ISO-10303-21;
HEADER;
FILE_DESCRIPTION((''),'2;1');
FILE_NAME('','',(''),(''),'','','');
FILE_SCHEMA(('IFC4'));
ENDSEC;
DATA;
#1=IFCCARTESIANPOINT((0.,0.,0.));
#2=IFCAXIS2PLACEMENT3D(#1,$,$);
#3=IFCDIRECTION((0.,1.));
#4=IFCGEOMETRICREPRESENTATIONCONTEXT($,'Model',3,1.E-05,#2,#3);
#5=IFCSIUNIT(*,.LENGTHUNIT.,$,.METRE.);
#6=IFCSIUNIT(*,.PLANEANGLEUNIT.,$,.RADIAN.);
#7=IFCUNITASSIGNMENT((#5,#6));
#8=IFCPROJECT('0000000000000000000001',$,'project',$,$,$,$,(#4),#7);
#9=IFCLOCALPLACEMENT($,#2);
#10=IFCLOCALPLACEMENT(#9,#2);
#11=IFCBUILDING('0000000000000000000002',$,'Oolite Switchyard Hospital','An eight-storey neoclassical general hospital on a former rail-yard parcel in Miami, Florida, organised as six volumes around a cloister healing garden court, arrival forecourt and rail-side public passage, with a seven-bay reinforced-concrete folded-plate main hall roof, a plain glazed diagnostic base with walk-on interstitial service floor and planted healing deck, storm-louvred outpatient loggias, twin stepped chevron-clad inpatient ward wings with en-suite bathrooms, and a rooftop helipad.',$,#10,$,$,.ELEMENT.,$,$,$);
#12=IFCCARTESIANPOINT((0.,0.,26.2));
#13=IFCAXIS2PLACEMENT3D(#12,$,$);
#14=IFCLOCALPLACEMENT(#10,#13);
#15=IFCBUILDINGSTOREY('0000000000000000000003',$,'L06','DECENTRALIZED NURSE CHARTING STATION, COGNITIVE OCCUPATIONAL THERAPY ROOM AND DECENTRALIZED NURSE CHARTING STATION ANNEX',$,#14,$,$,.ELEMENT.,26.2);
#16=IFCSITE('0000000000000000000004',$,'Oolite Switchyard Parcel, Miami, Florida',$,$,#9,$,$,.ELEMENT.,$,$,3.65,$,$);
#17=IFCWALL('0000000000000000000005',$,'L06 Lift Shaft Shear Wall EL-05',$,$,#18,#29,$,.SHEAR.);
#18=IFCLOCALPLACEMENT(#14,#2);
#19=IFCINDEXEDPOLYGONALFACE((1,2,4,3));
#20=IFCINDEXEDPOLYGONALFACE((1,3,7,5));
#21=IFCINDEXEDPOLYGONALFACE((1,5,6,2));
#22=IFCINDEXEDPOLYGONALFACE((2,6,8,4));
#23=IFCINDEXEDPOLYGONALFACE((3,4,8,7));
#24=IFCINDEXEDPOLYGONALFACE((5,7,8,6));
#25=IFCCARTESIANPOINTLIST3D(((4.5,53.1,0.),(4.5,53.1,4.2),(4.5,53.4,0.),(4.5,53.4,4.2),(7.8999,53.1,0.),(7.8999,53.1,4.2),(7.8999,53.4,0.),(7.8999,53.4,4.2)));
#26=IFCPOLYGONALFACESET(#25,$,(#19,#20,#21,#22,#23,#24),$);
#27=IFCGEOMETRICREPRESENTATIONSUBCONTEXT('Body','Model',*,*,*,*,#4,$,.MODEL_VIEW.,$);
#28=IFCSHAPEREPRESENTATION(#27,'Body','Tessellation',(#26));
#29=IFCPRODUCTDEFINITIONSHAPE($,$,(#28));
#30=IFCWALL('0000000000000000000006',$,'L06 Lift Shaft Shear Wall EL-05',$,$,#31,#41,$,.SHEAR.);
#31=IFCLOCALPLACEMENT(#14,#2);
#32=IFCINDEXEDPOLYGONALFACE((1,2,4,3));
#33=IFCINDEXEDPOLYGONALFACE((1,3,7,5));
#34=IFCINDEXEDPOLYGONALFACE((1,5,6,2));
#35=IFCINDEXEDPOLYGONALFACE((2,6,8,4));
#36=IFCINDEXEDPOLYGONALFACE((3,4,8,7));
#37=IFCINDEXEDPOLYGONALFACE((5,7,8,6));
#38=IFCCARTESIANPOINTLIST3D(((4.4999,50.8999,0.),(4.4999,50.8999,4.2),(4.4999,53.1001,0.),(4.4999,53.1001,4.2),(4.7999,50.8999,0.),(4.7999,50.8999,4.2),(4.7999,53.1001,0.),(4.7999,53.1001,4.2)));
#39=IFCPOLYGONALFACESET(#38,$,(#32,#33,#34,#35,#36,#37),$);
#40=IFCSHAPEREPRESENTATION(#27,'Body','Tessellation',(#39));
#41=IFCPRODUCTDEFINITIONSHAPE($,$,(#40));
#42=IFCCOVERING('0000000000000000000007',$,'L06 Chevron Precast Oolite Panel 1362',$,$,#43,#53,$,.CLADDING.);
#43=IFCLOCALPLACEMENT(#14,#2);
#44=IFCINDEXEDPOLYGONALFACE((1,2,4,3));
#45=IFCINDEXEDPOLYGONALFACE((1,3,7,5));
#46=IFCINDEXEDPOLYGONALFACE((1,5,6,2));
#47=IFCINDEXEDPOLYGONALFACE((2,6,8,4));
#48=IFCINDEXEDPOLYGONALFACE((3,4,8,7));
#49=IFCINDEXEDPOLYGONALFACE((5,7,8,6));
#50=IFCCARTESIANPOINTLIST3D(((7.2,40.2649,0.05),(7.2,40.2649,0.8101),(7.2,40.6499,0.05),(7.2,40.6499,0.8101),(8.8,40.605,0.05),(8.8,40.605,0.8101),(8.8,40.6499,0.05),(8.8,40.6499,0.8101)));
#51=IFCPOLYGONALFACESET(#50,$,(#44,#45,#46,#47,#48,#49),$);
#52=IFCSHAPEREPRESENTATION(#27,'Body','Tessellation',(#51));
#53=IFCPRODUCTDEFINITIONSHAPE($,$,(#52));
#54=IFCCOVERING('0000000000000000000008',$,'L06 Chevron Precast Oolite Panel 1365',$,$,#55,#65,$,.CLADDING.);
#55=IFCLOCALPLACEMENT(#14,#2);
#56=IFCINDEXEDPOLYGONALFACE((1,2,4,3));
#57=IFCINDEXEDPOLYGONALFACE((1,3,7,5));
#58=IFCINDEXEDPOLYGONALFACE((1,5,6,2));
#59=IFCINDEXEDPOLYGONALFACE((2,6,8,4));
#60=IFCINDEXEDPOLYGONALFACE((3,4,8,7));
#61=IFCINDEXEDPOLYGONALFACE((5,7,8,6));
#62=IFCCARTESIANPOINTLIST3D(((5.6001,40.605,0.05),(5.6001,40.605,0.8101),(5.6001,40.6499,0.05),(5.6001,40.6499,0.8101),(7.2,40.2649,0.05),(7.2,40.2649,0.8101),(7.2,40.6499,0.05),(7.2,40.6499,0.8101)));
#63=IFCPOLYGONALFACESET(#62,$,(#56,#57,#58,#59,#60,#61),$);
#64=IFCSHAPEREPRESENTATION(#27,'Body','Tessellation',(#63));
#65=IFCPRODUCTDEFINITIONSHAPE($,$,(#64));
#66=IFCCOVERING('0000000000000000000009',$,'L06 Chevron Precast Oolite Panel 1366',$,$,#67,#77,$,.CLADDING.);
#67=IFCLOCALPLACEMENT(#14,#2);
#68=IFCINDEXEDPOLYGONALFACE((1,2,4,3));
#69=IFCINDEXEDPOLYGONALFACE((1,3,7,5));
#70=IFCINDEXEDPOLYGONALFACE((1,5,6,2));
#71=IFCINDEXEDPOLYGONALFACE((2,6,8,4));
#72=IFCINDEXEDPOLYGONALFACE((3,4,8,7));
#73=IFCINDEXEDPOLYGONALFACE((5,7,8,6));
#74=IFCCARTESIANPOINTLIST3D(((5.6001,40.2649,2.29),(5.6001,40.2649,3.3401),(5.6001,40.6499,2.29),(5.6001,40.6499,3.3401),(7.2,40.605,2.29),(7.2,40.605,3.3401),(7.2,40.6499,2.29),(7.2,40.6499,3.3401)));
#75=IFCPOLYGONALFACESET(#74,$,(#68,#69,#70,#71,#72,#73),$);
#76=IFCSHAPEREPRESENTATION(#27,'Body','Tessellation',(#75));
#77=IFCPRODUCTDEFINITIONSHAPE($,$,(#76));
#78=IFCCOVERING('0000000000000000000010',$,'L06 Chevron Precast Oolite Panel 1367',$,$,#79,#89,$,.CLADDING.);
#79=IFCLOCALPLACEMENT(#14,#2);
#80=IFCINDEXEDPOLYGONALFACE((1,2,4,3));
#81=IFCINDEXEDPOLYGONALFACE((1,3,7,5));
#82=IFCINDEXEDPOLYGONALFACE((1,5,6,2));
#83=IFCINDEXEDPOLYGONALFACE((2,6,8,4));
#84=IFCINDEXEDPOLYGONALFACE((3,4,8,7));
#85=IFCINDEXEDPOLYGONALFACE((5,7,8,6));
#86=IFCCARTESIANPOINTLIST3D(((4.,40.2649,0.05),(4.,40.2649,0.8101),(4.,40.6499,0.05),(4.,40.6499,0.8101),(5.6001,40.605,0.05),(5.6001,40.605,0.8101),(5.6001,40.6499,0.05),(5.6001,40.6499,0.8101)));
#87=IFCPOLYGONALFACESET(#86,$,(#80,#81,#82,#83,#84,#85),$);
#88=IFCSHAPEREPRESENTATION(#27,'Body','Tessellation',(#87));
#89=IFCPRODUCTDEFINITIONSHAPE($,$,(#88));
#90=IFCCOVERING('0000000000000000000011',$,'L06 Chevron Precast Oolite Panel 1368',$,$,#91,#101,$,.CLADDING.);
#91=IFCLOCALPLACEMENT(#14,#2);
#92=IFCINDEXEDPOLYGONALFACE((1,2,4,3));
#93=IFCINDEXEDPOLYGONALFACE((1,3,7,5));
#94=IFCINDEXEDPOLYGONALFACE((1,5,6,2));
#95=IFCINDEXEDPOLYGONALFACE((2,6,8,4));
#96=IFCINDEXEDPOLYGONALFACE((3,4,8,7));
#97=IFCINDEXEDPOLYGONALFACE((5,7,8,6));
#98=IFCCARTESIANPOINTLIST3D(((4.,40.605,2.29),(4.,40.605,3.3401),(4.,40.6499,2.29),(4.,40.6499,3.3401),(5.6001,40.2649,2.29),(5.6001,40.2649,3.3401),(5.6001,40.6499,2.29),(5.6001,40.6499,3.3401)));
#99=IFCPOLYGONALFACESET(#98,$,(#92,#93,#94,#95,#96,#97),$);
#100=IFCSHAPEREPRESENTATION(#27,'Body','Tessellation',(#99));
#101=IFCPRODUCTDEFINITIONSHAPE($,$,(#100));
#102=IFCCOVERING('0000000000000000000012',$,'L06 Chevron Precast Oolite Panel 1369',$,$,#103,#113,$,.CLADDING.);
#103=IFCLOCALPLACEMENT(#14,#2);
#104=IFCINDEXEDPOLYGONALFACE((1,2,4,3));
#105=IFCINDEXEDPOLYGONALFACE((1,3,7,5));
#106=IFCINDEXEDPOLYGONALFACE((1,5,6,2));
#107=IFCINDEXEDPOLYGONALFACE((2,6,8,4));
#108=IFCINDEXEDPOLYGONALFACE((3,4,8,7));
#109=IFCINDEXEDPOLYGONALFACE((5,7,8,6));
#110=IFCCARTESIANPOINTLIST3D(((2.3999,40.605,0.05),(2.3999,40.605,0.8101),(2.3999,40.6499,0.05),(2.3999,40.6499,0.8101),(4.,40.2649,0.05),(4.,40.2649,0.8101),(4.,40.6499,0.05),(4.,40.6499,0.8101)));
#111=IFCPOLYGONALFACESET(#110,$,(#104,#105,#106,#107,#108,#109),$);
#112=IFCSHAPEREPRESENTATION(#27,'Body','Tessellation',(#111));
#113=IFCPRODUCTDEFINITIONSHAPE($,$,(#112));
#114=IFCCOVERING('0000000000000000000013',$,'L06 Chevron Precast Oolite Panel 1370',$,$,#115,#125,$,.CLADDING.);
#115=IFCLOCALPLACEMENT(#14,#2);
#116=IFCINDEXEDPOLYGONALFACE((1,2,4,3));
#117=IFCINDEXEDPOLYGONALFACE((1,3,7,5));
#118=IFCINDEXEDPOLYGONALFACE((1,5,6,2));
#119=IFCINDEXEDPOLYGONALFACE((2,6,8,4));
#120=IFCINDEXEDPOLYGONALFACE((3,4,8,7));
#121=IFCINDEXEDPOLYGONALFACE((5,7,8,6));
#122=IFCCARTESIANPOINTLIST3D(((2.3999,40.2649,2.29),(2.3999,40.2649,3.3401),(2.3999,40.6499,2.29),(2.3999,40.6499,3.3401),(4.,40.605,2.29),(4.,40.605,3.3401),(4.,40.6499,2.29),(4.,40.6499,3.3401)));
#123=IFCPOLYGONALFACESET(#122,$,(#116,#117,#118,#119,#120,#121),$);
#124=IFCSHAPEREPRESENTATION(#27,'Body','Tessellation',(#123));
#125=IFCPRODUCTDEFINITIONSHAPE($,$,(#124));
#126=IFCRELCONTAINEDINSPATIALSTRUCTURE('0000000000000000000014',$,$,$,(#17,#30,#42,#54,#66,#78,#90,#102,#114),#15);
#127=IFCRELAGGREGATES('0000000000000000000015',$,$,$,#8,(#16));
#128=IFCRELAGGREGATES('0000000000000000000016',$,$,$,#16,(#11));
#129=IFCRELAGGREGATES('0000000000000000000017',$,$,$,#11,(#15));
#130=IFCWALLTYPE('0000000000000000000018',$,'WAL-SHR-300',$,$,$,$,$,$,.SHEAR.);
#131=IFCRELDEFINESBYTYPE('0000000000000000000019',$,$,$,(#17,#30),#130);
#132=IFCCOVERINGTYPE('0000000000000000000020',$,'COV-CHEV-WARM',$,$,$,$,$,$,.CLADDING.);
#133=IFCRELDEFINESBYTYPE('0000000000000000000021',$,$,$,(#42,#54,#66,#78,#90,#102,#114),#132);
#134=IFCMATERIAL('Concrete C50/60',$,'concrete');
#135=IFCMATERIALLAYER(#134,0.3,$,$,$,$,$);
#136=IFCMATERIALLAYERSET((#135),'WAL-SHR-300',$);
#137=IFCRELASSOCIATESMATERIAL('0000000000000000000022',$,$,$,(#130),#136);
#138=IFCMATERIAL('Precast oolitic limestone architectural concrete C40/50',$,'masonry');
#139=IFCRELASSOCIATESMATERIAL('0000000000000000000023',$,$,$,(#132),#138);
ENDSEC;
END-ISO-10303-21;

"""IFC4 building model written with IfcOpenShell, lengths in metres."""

from ifc_helpers import new_model, si_unit, direction, frame, frame_2d, origin, place, context, subcontext, project, spatial, polyline, rectangle, outline, extrude, material, layer, layer_set, type_object, element, save


model = new_model("IFC4")

# Units and contexts
model_context = context("Model", 3, precision=1e-05, world=origin(), true_north=direction((0.0, 1.0)))
body_context = subcontext(model_context, "Body", "Model", "MODEL_VIEW")
ifc_project = project(units=[si_unit("LENGTHUNIT", "METRE"), si_unit("PLANEANGLEUNIT", "RADIAN")], contexts=[model_context])

# Site, building, storey
site_placement = place(None, origin())
site = spatial("IfcSite", under=ifc_project, at=site_placement, Name="Oolite Switchyard Parcel, Miami, Florida", CompositionType="ELEMENT", RefElevation=3.65)
building_placement = place(site_placement, origin())
building = spatial("IfcBuilding", under=site, at=building_placement, Name="Oolite Switchyard Hospital", Description="An eight-storey neoclassical general hospital on a former rail-yard parcel in Miami, Florida, organised as six volumes around a cloister healing garden court, arrival forecourt and rail-side public passage, with a seven-bay reinforced-concrete folded-plate main hall roof, a plain glazed diagnostic base with walk-on interstitial service floor and planted healing deck, storm-louvred outpatient loggias, twin stepped chevron-clad inpatient ward wings with en-suite bathrooms, and a rooftop helipad.", CompositionType="ELEMENT")
storey_placement = place(building_placement, frame((0.0, 0.0, 26.2)))
storey = spatial("IfcBuildingStorey", under=building, at=storey_placement, Name="L06", Description="DECENTRALIZED NURSE CHARTING STATION, COGNITIVE OCCUPATIONAL THERAPY ROOM AND DECENTRALIZED NURSE CHARTING STATION ANNEX", CompositionType="ELEMENT", Elevation=26.2)

# Shared definitions
ifc_material_1 = material(Name="Concrete C50/60", Category="concrete")

# Shared definitions
ifc_material_2 = material(Name="Precast oolitic limestone architectural concrete C40/50", Category="masonry")
ifc_layer_1 = layer(ifc_material_1, 0.3)
ifc_layer_set_1 = layer_set([ifc_layer_1], Name="WAL-SHR-300")
wall_type_1 = type_object("IfcWallType", Name="WAL-SHR-300", PredefinedType="SHEAR", material=ifc_layer_set_1)

# Walls
wall_1_placement = place(storey_placement, frame((7.8999, 53.25, 0.0), z_axis=(0.0, 0.0, 1.0), x_axis=(-1.0, 0.0, 0.0)))
element("IfcWall", 1, at=wall_1_placement, inside=storey, type_object=wall_type_1, Name="L06 Lift Shaft Shear Wall EL-05", PredefinedType="SHEAR", context=body_context, shape_type="SweptSolid", body=[
    extrude(rectangle(XDim=3.3999, YDim=0.3, at=frame_2d((1.7, 0.0))), origin(), (0.0, 0.0, 1.0), 4.2),
])
wall_2_placement = place(storey_placement, frame((4.6499, 53.1001, 0.0), z_axis=(0.0, 0.0, 1.0), x_axis=(0.0, -1.0, 0.0)))
element("IfcWall", 2, at=wall_2_placement, inside=storey, type_object=wall_type_1, Name="L06 Lift Shaft Shear Wall EL-05", PredefinedType="SHEAR", context=body_context, shape_type="SweptSolid", body=[
    extrude(rectangle(XDim=2.2002, YDim=0.3, at=frame_2d((1.1001, 0.0))), origin(), (0.0, 0.0, 1.0), 4.2),
])

# Coverings
covering_type = type_object("IfcCoveringType", Name="COV-CHEV-WARM", PredefinedType="CLADDING", material=ifc_material_2)
covering_1_placement = place(storey_placement, frame((8.8, 40.6499, 0.05), z_axis=(0.0, 0.0, 1.0), x_axis=(-1.0, 0.0, 0.0)))
element("IfcCovering", 3, at=covering_1_placement, inside=storey, type_object=covering_type, Name="L06 Chevron Precast Oolite Panel 1362", PredefinedType="CLADDING", context=body_context, shape_type="SweptSolid", body=[
    extrude(outline(polyline([(0.0, 0.0), (1.6001, 0.0), (1.6001, 0.385), (0.0, 0.0449), (0.0, 0.0)])), origin(), (0.0, 0.0, 1.0), 0.76),
])
covering_2_placement = place(storey_placement, frame((7.2, 40.6499, 0.05), z_axis=(0.0, 0.0, 1.0), x_axis=(-1.0, 0.0, 0.0)))
element("IfcCovering", 4, at=covering_2_placement, inside=storey, type_object=covering_type, Name="L06 Chevron Precast Oolite Panel 1365", PredefinedType="CLADDING", context=body_context, shape_type="SweptSolid", body=[
    extrude(outline(polyline([(0.0, 0.0), (1.5999, 0.0), (1.5999, 0.0449), (0.0, 0.385), (0.0, 0.0)])), origin(), (0.0, 0.0, 1.0), 0.76),
])
covering_3_placement = place(storey_placement, frame((7.2, 40.6499, 2.29), z_axis=(0.0, 0.0, 1.0), x_axis=(-1.0, 0.0, 0.0)))
element("IfcCovering", 5, at=covering_3_placement, inside=storey, type_object=covering_type, Name="L06 Chevron Precast Oolite Panel 1366", PredefinedType="CLADDING", context=body_context, shape_type="SweptSolid", body=[
    extrude(outline(polyline([(0.0, 0.0), (1.5999, 0.0), (1.5999, 0.385), (0.0, 0.0449), (0.0, 0.0)])), origin(), (0.0, 0.0, 1.0), 1.05),
])
covering_4_placement = place(storey_placement, frame((5.6001, 40.6499, 0.05), z_axis=(0.0, 0.0, 1.0), x_axis=(-1.0, 0.0, 0.0)))
element("IfcCovering", 6, at=covering_4_placement, inside=storey, type_object=covering_type, Name="L06 Chevron Precast Oolite Panel 1367", PredefinedType="CLADDING", context=body_context, shape_type="SweptSolid", body=[
    extrude(outline(polyline([(0.0, 0.0), (1.6001, 0.0), (1.6001, 0.385), (0.0, 0.0449), (0.0, 0.0)])), origin(), (0.0, 0.0, 1.0), 0.76),
])
covering_5_placement = place(storey_placement, frame((5.6001, 40.6499, 2.29), z_axis=(0.0, 0.0, 1.0), x_axis=(-1.0, 0.0, 0.0)))
element("IfcCovering", 7, at=covering_5_placement, inside=storey, type_object=covering_type, Name="L06 Chevron Precast Oolite Panel 1368", PredefinedType="CLADDING", context=body_context, shape_type="SweptSolid", body=[
    extrude(outline(polyline([(0.0, 0.0), (1.6001, 0.0), (1.6001, 0.0449), (0.0, 0.385), (0.0, 0.0)])), origin(), (0.0, 0.0, 1.0), 1.05),
])
covering_6_placement = place(storey_placement, frame((4.0, 40.6499, 0.05), z_axis=(0.0, 0.0, 1.0), x_axis=(-1.0, 0.0, 0.0)))
element("IfcCovering", 8, at=covering_6_placement, inside=storey, type_object=covering_type, Name="L06 Chevron Precast Oolite Panel 1369", PredefinedType="CLADDING", context=body_context, shape_type="SweptSolid", body=[
    extrude(outline(polyline([(0.0, 0.0), (1.6001, 0.0), (1.6001, 0.0449), (0.0, 0.385), (0.0, 0.0)])), origin(), (0.0, 0.0, 1.0), 0.76),
])
covering_7_placement = place(storey_placement, frame((4.0, 40.6499, 2.29), z_axis=(0.0, 0.0, 1.0), x_axis=(-1.0, 0.0, 0.0)))
element("IfcCovering", 9, at=covering_7_placement, inside=storey, type_object=covering_type, Name="L06 Chevron Precast Oolite Panel 1370", PredefinedType="CLADDING", context=body_context, shape_type="SweptSolid", body=[
    extrude(outline(polyline([(0.0, 0.0), (1.6001, 0.0), (1.6001, 0.385), (0.0, 0.0449), (0.0, 0.0)])), origin(), (0.0, 0.0, 1.0), 1.05),
])

save(model, "model.ifc")
